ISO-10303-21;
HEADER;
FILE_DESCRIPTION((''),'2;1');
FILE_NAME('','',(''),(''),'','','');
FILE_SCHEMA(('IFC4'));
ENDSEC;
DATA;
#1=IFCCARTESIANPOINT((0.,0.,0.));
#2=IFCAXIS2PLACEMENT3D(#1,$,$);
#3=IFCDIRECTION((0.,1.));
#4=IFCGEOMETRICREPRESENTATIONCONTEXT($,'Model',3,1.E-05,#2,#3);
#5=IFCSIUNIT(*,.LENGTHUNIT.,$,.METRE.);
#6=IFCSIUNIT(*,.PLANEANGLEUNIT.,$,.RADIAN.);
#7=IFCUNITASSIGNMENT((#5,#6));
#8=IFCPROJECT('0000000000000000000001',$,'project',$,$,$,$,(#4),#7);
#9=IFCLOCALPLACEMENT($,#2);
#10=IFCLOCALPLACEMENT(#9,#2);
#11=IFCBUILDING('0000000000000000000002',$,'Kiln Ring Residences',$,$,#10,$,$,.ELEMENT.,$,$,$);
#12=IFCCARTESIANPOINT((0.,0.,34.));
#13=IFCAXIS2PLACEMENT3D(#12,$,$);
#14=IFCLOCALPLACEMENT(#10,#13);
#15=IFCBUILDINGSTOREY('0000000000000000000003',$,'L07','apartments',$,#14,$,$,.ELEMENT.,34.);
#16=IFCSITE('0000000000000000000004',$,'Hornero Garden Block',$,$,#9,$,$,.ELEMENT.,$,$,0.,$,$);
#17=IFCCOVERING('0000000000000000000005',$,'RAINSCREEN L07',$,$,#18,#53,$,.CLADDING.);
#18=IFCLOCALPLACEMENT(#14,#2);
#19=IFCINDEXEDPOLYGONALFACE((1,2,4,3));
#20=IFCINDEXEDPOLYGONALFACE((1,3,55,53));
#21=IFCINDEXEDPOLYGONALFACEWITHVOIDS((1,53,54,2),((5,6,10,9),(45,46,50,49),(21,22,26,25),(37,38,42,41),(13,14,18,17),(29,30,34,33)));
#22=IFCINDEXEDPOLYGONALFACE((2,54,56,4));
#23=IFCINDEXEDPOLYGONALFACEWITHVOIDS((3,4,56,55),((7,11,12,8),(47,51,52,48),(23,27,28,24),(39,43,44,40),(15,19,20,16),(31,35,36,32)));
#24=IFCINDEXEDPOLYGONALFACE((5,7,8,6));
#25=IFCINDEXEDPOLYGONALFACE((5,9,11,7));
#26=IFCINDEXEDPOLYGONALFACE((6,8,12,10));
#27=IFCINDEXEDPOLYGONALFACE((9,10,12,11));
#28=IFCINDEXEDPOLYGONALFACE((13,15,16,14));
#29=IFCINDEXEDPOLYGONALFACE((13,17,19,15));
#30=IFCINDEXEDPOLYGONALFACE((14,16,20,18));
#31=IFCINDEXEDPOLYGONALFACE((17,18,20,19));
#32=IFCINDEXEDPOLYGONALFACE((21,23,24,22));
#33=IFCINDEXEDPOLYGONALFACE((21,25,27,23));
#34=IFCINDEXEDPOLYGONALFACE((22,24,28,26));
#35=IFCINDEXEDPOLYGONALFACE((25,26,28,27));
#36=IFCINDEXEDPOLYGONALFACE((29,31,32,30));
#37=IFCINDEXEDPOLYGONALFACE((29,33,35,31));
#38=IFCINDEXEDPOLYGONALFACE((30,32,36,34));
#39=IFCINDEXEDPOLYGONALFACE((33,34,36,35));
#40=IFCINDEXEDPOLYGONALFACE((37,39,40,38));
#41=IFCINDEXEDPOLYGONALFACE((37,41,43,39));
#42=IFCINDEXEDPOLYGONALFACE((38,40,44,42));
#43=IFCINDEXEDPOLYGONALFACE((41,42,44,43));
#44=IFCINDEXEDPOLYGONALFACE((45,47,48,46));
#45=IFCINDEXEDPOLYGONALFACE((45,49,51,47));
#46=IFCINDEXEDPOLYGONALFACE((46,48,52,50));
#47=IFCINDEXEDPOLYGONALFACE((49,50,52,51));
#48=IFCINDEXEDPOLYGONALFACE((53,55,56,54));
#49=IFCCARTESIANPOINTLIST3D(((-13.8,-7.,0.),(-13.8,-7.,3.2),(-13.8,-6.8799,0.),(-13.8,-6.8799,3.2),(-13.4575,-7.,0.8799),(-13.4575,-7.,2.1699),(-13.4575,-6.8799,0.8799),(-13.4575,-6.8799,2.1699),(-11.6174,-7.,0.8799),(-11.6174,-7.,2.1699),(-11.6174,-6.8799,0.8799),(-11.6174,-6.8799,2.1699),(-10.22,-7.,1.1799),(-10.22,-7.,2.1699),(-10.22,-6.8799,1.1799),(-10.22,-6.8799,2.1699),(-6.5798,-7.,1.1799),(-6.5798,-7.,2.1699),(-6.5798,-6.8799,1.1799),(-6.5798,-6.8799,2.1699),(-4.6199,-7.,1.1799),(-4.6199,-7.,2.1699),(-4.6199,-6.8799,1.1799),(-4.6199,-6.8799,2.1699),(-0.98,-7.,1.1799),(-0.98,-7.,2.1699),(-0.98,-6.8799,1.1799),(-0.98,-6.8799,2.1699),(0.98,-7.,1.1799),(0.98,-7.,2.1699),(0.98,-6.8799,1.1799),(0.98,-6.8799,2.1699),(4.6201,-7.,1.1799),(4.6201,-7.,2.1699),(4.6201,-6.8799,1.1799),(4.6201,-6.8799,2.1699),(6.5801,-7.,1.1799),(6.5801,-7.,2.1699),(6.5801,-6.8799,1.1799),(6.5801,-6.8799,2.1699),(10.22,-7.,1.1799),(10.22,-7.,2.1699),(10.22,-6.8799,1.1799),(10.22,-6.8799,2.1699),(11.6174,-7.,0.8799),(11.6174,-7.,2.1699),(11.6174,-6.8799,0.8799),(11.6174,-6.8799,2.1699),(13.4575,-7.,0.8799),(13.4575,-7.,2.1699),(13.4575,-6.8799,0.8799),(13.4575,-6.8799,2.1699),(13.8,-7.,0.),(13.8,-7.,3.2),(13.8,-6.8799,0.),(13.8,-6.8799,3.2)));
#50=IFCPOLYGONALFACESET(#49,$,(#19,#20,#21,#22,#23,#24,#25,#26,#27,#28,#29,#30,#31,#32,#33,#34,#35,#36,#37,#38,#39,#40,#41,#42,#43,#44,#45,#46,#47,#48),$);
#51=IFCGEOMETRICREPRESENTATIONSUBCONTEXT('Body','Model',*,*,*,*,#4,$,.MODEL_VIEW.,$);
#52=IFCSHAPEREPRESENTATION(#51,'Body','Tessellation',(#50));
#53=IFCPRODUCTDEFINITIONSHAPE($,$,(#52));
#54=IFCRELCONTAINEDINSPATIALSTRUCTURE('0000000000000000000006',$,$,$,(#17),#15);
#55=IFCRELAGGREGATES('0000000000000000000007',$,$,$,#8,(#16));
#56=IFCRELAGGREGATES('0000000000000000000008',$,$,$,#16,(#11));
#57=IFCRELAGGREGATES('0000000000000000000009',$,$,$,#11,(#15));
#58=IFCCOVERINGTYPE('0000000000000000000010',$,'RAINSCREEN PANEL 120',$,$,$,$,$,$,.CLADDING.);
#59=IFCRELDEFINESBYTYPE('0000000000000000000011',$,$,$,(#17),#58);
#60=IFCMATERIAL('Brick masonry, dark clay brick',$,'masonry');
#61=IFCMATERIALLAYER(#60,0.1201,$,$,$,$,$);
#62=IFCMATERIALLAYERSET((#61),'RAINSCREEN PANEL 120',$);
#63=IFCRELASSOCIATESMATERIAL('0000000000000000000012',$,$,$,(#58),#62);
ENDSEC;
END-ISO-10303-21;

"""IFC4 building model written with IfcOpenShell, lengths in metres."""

from ifc_helpers import new_model, si_unit, direction, frame, origin, place, context, subcontext, project, spatial, polyline, outline, extrude, material, layer, layer_set, type_object, element, save


model = new_model("IFC4")

# Units and contexts
model_context = context("Model", 3, precision=1e-05, world=origin(), true_north=direction((0.0, 1.0)))
body_context = subcontext(model_context, "Body", "Model", "MODEL_VIEW")
ifc_project = project(units=[si_unit("LENGTHUNIT", "METRE"), si_unit("PLANEANGLEUNIT", "RADIAN")], contexts=[model_context])

# Site, building, storey
site_placement = place(None, origin())
site = spatial("IfcSite", under=ifc_project, at=site_placement, Name="Hornero Garden Block", CompositionType="ELEMENT", RefElevation=0.0)
building_placement = place(site_placement, origin())
building = spatial("IfcBuilding", under=site, at=building_placement, Name="Kiln Ring Residences", CompositionType="ELEMENT")
storey_placement = place(building_placement, frame((0.0, 0.0, 34.0)))
storey = spatial("IfcBuildingStorey", under=building, at=storey_placement, Name="L07", Description="apartments", CompositionType="ELEMENT", Elevation=34.0)

# Covering
ifc_material_1 = material(Name="Brick masonry, dark clay brick", Category="masonry")
ifc_layer_1 = layer(ifc_material_1, 0.1201)
ifc_layer_set_1 = layer_set([ifc_layer_1], Name="RAINSCREEN PANEL 120")
covering_type = type_object("IfcCoveringType", Name="RAINSCREEN PANEL 120", PredefinedType="CLADDING", material=ifc_layer_set_1)
covering_placement = place(storey_placement, frame((13.8, -6.9399, 0.0), z_axis=(0.0, 0.0, 1.0), x_axis=(-1.0, 0.0, 0.0)))
element("IfcCovering", 1, at=covering_placement, inside=storey, type_object=covering_type, Name="RAINSCREEN L07", PredefinedType="CLADDING", context=body_context, shape_type="SweptSolid", body=[
    extrude(outline(polyline([(0.0, 0.0), (27.6001, 0.0), (27.6001, 3.2), (0.0, 3.2), (0.0, 0.0)]), holes=[polyline([(2.1826, 0.8799), (2.1826, 2.1699), (0.3425, 2.1699), (0.3425, 0.8799), (2.1826, 0.8799)]), polyline([(25.4175, 0.8799), (27.2576, 0.8799), (27.2576, 2.1699), (25.4175, 2.1699), (25.4175, 0.8799)]), polyline([(3.5801, 1.1799), (7.22, 1.1799), (7.22, 2.1699), (3.5801, 2.1699), (3.5801, 1.1799)]), polyline([(12.8201, 1.1799), (12.8201, 2.1699), (9.1799, 2.1699), (9.1799, 1.1799), (12.8201, 1.1799)]), polyline([(14.78, 1.1799), (18.4199, 1.1799), (18.4199, 2.1699), (14.78, 2.1699), (14.78, 1.1799)]), polyline([(20.3799, 1.1799), (24.02, 1.1799), (24.02, 2.1699), (20.3799, 2.1699), (20.3799, 1.1799)])]), frame((0.0, 0.0601, 0.0), z_axis=(0.0, -1.0, 0.0), x_axis=(1.0, 0.0, 0.0)), (0.0, 0.0, 1.0), 0.1201),
])

save(model, "model.ifc")
